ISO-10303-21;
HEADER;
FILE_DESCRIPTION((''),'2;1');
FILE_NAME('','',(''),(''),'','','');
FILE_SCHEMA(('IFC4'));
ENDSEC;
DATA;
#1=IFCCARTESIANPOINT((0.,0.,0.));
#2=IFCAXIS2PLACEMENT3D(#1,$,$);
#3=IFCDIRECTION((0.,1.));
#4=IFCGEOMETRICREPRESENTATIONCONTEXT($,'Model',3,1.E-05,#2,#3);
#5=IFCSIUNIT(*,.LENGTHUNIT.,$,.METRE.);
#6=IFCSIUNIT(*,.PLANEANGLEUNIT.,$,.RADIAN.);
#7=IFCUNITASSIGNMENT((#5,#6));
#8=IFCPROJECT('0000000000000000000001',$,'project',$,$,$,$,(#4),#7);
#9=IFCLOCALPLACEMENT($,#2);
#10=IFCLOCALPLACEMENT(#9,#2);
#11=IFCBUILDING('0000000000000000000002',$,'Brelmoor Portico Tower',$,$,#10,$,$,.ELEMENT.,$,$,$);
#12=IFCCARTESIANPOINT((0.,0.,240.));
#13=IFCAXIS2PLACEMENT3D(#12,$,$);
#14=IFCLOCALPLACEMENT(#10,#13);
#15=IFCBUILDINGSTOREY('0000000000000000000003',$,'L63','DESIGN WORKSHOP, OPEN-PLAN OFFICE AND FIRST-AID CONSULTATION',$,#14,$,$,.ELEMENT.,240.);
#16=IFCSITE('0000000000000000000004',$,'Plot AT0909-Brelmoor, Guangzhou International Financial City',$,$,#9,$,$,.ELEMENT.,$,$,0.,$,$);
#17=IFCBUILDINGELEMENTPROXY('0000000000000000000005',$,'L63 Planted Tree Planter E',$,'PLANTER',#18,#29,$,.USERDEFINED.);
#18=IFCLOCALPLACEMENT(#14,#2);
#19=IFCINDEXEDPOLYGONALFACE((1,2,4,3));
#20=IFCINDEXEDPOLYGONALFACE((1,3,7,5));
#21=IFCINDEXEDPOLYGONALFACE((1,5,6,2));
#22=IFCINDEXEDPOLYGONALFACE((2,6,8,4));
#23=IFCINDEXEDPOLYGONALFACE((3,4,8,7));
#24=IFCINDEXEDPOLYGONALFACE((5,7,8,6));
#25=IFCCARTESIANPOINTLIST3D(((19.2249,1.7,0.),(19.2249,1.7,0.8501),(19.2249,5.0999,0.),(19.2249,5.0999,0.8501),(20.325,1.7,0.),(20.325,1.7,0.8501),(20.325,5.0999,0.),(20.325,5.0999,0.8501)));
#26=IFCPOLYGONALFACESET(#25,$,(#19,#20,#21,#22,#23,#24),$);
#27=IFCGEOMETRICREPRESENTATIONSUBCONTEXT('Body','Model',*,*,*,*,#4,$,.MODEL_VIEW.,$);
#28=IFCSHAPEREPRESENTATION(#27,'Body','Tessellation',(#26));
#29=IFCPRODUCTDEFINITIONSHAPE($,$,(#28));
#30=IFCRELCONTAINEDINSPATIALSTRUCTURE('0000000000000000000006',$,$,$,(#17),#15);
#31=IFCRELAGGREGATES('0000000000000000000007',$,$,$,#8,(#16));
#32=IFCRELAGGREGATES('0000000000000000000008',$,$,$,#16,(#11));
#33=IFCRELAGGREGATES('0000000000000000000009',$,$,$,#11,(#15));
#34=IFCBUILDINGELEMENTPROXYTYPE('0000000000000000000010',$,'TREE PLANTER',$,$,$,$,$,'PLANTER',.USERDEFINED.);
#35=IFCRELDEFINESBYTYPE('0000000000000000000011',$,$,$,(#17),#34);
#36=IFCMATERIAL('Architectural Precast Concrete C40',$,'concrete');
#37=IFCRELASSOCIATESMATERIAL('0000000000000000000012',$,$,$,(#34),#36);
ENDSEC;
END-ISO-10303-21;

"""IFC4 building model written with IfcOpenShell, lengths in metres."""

from ifc_helpers import new_model, si_unit, direction, frame, origin, origin_2d, place, context, subcontext, project, spatial, rectangle, extrude, material, type_object, element, save


model = new_model("IFC4")

# Units and contexts
model_context = context("Model", 3, precision=1e-05, world=origin(), true_north=direction((0.0, 1.0)))
body_context = subcontext(model_context, "Body", "Model", "MODEL_VIEW")
ifc_project = project(units=[si_unit("LENGTHUNIT", "METRE"), si_unit("PLANEANGLEUNIT", "RADIAN")], contexts=[model_context])

# Site, building, storey
site_placement = place(None, origin())
site = spatial("IfcSite", under=ifc_project, at=site_placement, Name="Plot AT0909-Brelmoor, Guangzhou International Financial City", CompositionType="ELEMENT", RefElevation=0.0)
building_placement = place(site_placement, origin())
building = spatial("IfcBuilding", under=site, at=building_placement, Name="Brelmoor Portico Tower", CompositionType="ELEMENT")
storey_placement = place(building_placement, frame((0.0, 0.0, 240.0)))
storey = spatial("IfcBuildingStorey", under=building, at=storey_placement, Name="L63", Description="DESIGN WORKSHOP, OPEN-PLAN OFFICE AND FIRST-AID CONSULTATION", CompositionType="ELEMENT", Elevation=240.0)

# Building element proxy
ifc_material_1 = material(Name="Architectural Precast Concrete C40", Category="concrete")
building_element_proxy_type = type_object("IfcBuildingElementProxyType", Name="TREE PLANTER", ElementType="PLANTER", PredefinedType="USERDEFINED", material=ifc_material_1)
proxy_placement = place(storey_placement, frame((19.7749, 3.3999, 0.0), z_axis=(0.0, 0.0, 1.0), x_axis=(0.0, 1.0, 0.0)))
element("IfcBuildingElementProxy", 1, at=proxy_placement, inside=storey, type_object=building_element_proxy_type, Name="L63 Planted Tree Planter E", ObjectType="PLANTER", PredefinedType="USERDEFINED", context=body_context, shape_type="SweptSolid", body=[
    extrude(rectangle(XDim=3.3999, YDim=1.1001, at=origin_2d()), origin(), (0.0, 0.0, 1.0), 0.8501),
])

save(model, "model.ifc")
